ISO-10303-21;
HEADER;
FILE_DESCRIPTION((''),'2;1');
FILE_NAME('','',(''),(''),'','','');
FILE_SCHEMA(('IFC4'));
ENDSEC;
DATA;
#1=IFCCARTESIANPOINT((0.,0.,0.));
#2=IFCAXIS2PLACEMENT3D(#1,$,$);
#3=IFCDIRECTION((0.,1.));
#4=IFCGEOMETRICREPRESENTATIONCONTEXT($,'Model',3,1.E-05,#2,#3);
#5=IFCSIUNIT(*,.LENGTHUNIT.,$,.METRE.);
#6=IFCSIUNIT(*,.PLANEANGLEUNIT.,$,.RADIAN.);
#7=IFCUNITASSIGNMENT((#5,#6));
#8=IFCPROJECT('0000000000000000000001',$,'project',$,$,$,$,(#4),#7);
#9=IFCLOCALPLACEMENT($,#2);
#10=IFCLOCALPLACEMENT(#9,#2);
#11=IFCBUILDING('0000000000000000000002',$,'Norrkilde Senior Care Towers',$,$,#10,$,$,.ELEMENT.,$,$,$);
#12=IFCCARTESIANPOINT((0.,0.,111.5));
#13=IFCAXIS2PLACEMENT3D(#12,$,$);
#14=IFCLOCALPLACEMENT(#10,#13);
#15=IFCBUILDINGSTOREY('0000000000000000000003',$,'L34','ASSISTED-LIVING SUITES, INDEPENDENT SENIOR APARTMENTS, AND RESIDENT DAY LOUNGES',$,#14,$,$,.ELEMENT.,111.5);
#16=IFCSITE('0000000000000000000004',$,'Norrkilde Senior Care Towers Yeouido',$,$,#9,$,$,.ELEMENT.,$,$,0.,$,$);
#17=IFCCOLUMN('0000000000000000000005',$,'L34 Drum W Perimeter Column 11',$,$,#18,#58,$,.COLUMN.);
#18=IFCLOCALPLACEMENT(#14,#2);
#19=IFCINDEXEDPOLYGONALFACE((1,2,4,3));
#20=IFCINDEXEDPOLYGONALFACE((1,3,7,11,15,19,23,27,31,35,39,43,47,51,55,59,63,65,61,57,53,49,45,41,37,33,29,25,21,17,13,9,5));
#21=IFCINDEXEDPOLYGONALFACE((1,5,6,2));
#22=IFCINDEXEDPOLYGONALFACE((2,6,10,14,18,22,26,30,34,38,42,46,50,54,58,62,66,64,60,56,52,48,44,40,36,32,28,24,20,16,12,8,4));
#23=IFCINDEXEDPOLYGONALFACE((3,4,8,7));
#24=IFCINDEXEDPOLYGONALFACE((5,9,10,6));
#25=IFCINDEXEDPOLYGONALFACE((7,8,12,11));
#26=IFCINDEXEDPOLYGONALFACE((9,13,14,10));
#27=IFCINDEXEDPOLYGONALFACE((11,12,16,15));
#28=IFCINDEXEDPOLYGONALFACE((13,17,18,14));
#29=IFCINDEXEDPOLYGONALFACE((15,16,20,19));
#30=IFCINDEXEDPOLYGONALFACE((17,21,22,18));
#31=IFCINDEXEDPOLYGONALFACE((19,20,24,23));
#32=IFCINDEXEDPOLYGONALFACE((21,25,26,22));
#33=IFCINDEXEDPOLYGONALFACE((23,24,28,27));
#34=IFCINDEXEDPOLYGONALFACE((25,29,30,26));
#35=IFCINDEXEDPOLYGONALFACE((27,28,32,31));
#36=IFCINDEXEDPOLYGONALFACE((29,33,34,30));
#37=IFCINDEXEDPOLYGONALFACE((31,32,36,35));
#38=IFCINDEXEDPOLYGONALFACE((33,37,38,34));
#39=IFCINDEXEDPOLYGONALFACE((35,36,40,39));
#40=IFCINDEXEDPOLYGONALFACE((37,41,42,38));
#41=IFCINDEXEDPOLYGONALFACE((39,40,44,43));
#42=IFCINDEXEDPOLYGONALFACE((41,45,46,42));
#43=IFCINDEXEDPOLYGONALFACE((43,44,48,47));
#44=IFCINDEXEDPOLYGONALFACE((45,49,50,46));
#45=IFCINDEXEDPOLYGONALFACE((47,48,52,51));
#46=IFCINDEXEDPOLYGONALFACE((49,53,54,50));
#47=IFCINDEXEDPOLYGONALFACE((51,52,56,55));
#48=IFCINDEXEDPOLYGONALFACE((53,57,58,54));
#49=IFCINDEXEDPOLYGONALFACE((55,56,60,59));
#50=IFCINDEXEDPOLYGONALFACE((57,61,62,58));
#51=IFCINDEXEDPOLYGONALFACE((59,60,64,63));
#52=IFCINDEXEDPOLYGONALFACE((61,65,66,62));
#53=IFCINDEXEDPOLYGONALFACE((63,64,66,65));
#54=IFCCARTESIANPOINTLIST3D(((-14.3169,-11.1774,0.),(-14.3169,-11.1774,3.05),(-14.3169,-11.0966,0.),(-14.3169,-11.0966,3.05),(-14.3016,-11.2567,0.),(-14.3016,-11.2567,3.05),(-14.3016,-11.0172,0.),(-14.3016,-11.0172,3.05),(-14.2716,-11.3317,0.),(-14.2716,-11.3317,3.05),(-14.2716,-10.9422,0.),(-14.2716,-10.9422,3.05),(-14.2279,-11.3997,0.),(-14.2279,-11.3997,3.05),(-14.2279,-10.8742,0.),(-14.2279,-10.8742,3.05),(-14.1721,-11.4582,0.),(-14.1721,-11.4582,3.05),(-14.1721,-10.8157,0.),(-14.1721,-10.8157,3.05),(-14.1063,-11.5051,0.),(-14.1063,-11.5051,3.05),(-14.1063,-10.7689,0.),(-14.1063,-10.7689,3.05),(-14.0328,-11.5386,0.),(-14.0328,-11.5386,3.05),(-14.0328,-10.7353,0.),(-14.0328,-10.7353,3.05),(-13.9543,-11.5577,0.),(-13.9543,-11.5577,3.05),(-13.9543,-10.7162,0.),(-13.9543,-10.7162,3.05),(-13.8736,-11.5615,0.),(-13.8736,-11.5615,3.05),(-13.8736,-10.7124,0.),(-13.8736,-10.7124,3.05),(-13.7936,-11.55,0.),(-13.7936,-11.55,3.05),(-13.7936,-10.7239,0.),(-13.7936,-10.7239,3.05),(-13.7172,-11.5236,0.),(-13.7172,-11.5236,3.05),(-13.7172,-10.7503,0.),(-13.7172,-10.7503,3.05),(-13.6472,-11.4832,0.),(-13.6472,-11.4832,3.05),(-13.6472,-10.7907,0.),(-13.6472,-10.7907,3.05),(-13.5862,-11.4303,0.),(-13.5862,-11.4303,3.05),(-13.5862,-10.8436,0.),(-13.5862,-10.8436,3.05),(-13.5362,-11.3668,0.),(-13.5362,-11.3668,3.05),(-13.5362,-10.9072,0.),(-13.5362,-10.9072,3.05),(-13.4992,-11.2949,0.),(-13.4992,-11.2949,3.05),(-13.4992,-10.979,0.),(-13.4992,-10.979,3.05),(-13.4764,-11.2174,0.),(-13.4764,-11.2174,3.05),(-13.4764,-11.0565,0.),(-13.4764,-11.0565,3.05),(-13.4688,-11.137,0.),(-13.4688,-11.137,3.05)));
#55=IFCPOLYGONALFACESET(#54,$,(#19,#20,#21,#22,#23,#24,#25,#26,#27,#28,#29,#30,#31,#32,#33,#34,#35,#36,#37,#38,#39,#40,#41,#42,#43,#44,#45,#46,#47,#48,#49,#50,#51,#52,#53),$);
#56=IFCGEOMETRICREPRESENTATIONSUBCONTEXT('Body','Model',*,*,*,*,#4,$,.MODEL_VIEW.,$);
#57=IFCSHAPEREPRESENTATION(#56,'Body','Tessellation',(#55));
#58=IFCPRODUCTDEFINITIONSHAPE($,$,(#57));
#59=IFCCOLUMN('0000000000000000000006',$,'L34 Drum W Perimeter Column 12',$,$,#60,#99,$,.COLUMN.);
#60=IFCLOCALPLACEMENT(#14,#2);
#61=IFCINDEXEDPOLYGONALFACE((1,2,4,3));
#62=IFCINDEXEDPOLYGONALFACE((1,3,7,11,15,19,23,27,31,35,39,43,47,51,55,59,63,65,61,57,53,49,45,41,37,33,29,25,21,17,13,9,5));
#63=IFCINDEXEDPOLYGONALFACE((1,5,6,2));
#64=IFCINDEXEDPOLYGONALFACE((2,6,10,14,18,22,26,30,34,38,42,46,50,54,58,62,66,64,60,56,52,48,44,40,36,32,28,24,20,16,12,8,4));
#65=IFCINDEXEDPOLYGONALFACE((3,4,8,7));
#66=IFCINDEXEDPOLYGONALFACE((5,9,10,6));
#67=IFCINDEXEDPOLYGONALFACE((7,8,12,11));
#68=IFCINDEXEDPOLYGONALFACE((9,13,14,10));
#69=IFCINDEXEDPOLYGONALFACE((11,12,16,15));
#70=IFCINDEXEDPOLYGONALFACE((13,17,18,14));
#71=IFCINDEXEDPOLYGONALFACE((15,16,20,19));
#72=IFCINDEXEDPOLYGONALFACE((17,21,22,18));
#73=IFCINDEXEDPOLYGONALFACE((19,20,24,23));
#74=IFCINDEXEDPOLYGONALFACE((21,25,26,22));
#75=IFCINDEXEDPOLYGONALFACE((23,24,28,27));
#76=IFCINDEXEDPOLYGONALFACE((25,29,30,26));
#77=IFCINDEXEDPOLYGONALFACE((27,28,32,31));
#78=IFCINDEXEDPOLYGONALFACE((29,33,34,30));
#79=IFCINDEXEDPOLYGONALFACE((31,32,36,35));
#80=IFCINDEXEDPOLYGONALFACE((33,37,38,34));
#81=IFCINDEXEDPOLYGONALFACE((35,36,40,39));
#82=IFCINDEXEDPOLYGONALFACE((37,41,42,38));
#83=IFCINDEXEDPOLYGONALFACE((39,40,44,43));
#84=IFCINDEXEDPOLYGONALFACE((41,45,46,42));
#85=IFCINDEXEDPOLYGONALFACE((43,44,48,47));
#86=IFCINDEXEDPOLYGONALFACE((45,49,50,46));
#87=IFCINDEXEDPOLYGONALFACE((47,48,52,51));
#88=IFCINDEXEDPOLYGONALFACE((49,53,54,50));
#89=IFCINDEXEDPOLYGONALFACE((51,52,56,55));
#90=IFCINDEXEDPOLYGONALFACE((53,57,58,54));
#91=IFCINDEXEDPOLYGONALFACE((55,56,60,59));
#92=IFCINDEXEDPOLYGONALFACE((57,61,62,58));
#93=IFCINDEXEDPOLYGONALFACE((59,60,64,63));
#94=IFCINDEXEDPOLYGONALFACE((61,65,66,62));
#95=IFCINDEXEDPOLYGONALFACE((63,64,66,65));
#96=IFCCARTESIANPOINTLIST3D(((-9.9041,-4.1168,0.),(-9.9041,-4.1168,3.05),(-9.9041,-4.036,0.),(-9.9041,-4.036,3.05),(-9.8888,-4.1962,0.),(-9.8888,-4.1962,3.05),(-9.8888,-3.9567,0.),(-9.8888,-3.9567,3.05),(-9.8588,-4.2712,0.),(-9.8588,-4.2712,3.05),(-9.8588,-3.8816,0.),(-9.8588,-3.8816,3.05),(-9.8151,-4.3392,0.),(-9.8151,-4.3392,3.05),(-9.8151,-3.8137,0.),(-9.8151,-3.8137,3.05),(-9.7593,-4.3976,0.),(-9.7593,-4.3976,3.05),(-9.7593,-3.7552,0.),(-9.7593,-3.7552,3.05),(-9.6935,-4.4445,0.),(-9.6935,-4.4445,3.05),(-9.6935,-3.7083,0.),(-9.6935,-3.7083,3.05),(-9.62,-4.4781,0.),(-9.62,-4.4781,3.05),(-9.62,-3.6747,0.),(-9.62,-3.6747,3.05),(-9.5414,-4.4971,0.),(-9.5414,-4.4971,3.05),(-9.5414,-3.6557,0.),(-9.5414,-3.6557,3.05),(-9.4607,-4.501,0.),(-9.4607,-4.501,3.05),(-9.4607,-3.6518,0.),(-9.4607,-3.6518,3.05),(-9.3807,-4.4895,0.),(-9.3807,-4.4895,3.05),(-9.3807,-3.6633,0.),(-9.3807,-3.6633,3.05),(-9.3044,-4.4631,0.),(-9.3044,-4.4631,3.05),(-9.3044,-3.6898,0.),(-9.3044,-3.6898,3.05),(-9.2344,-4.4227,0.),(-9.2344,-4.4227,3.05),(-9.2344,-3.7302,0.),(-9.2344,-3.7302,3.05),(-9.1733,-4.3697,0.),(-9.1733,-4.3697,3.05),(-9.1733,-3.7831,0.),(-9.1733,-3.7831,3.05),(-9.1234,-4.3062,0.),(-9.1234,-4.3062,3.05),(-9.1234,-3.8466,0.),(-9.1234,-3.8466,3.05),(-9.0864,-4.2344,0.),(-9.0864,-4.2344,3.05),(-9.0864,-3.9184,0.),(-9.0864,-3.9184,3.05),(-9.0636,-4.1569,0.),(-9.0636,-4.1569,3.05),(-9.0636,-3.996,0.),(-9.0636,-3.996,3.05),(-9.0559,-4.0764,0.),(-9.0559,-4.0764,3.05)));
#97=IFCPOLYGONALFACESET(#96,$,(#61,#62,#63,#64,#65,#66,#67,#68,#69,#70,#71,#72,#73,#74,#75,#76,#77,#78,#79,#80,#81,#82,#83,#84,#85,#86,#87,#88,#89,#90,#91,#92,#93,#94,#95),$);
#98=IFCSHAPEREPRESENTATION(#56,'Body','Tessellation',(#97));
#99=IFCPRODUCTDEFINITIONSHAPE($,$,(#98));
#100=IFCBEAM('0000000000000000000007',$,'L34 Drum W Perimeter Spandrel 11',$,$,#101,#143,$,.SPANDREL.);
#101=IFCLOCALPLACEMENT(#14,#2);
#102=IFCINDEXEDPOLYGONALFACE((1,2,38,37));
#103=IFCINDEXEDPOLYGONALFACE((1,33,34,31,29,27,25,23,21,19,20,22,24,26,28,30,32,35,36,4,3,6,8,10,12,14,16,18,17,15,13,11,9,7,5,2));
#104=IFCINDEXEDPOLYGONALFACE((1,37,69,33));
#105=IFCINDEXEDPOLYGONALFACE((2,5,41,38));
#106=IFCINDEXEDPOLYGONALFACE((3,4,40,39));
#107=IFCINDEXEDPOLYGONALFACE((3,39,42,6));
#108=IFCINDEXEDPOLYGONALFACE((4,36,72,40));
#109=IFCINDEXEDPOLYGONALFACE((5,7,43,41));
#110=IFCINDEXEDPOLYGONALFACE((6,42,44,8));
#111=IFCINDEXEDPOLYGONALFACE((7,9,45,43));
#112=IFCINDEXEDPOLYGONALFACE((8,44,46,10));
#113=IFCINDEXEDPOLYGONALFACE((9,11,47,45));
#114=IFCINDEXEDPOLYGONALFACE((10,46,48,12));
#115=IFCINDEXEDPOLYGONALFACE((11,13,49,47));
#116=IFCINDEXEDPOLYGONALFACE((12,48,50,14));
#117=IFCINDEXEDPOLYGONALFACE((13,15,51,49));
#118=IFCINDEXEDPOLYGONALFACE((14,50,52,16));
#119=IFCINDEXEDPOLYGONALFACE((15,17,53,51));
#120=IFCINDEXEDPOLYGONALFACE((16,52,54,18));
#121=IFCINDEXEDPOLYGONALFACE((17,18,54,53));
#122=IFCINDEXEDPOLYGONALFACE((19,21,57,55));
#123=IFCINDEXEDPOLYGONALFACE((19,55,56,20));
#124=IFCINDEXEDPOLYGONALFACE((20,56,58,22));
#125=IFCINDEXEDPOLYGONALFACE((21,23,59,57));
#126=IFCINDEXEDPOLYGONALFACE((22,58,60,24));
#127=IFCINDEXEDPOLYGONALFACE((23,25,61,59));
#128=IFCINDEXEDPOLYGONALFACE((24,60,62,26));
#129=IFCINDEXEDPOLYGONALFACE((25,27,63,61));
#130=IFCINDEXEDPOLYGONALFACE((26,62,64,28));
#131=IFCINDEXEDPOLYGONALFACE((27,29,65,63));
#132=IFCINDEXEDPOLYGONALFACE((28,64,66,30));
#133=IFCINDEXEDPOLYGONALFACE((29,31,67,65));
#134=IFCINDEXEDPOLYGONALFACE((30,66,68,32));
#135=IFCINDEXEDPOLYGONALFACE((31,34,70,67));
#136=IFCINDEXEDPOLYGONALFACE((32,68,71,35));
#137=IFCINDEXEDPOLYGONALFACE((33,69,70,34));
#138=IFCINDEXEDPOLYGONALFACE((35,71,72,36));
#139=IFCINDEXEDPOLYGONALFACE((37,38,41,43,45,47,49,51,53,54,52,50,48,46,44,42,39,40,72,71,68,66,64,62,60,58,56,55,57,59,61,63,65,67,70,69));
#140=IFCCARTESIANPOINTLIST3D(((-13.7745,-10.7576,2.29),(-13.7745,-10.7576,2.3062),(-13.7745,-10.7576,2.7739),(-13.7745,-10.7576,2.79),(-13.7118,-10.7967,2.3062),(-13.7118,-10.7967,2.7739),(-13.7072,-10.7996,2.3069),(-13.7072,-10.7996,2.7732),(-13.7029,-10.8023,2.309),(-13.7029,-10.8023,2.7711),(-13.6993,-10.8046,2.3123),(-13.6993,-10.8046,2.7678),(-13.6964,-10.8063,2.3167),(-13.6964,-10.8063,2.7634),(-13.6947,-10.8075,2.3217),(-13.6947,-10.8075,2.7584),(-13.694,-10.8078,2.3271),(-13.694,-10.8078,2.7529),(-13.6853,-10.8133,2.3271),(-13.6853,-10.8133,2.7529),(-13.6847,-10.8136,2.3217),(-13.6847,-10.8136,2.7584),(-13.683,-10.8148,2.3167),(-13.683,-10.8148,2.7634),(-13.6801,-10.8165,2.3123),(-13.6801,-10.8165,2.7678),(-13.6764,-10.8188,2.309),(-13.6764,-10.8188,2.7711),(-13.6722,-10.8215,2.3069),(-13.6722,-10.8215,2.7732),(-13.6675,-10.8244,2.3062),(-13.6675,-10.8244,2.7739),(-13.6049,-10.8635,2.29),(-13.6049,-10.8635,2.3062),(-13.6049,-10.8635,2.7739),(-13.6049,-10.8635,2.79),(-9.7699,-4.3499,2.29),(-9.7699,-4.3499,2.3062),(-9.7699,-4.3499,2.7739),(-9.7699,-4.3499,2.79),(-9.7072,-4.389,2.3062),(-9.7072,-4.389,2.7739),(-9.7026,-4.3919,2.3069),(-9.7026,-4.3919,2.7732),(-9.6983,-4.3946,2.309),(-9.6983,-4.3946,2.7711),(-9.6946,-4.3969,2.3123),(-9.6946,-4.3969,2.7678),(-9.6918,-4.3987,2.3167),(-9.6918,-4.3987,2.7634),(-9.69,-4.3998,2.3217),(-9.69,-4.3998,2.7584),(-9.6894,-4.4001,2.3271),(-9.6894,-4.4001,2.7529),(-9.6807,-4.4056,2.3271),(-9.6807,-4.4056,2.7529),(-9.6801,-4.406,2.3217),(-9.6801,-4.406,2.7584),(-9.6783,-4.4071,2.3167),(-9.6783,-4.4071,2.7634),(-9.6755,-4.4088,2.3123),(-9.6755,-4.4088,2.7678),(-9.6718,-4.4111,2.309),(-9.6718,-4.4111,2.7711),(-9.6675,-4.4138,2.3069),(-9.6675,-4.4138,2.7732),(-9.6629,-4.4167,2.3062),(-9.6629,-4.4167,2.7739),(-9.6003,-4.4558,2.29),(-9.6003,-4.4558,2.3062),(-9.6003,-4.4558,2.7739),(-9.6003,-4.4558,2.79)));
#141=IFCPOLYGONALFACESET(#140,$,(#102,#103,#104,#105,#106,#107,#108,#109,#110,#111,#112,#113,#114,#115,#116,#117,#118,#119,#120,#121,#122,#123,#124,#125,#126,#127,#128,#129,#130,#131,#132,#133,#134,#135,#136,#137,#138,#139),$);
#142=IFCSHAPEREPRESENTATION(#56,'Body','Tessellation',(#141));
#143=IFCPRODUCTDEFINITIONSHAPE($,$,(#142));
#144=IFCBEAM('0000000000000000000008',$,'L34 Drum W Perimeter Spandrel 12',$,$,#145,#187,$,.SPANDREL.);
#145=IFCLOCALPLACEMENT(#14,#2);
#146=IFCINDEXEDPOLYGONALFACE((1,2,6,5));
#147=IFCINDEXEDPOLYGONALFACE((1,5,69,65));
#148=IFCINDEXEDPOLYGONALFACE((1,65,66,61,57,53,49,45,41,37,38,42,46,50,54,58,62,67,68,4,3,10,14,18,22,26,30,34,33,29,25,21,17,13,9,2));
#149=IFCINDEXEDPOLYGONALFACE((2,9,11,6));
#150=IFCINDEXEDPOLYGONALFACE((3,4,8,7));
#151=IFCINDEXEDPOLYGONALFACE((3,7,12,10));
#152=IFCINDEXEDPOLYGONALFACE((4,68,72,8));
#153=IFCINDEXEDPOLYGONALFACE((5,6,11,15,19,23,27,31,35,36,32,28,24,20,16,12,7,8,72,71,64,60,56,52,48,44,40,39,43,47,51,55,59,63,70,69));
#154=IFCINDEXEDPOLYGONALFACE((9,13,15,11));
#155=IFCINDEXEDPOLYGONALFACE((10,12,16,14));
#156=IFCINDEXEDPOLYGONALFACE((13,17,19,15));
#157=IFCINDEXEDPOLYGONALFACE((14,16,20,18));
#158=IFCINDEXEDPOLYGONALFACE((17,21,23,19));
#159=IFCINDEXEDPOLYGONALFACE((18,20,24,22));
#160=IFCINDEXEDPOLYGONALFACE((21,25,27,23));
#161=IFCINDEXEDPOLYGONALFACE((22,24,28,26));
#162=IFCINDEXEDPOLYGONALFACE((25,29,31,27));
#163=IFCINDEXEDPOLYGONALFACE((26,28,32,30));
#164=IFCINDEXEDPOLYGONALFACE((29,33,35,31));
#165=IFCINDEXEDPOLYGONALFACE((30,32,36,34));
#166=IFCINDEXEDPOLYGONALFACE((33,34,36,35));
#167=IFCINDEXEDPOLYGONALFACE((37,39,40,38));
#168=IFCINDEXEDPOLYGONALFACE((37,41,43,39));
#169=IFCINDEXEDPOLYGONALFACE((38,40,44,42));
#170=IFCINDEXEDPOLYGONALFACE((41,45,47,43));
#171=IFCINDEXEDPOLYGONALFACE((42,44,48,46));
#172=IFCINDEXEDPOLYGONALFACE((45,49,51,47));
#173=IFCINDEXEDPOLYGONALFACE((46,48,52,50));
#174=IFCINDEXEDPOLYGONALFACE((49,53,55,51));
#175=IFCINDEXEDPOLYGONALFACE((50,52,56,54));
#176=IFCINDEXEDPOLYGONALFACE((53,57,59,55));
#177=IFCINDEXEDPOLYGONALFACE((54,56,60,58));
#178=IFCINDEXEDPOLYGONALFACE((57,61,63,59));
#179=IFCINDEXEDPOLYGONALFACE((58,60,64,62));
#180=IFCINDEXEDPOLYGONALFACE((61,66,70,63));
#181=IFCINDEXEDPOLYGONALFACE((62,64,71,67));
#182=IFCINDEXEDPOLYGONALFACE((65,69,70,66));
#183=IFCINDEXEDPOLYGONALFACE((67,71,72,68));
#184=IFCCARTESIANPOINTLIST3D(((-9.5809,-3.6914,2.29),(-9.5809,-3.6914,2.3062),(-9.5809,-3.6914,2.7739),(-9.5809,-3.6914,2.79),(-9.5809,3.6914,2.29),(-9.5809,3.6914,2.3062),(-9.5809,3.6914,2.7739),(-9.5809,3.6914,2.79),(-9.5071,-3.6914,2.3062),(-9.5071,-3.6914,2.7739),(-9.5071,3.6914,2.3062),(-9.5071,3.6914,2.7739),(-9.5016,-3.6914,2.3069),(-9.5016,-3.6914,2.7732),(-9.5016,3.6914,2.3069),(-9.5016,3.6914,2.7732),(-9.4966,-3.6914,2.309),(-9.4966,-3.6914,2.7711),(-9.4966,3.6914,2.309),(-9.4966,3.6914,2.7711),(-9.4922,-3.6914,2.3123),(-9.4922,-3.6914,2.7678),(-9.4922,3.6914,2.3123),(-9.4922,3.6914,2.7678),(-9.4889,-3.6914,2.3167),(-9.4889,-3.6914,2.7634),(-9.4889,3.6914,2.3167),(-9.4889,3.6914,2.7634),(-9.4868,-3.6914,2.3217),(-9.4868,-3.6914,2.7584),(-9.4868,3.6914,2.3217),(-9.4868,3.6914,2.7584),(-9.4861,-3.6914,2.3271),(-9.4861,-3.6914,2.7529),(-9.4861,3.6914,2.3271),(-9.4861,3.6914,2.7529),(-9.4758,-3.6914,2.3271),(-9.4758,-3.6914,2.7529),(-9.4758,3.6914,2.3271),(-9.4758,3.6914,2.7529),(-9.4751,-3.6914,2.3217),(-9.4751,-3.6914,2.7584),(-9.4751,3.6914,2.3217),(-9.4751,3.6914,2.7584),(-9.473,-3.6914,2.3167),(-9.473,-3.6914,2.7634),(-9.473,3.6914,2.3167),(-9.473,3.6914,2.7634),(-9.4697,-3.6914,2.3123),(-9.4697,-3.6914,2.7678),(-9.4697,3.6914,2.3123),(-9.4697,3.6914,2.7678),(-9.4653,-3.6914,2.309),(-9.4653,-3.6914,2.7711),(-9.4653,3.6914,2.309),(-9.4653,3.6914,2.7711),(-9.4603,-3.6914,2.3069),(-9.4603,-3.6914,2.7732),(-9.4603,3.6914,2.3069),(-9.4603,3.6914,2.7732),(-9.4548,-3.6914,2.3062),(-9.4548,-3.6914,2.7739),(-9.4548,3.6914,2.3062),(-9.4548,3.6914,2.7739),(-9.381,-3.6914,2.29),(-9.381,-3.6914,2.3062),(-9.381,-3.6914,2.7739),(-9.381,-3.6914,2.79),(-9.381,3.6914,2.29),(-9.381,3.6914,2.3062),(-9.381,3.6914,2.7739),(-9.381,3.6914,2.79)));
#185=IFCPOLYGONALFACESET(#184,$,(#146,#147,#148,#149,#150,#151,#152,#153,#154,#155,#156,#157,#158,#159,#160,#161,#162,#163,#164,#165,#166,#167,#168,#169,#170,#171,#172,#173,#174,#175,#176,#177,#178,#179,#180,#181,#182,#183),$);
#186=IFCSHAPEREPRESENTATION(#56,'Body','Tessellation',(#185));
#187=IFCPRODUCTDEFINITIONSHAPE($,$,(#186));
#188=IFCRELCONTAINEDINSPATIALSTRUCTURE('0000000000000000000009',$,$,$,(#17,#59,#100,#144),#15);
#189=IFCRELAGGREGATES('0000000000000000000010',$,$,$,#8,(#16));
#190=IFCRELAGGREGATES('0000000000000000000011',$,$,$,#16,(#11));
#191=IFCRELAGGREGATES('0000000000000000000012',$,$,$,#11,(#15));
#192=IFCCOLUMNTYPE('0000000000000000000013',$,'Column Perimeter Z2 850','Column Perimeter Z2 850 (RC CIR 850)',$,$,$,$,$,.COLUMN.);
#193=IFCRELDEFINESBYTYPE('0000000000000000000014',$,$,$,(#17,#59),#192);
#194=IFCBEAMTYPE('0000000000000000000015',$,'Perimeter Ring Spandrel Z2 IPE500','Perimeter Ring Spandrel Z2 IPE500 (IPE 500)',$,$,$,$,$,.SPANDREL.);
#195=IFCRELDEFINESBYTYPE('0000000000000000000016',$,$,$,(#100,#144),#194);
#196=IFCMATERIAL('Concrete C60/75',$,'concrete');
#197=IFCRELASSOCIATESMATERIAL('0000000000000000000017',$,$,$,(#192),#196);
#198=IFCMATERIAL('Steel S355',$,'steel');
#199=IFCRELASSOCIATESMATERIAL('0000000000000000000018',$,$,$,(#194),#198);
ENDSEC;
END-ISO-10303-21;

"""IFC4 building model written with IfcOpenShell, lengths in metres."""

from ifc_helpers import new_model, si_unit, direction, frame, origin, origin_2d, place, context, subcontext, project, spatial, circle, i_section, extrude, source, transform, mapped, material, material_profile, profile_set, type_object, type_shapes, element, save


model = new_model("IFC4")

# Units and contexts
model_context = context("Model", 3, precision=1e-05, world=origin(), true_north=direction((0.0, 1.0)))
body_context = subcontext(model_context, "Body", "Model", "MODEL_VIEW")
ifc_project = project(units=[si_unit("LENGTHUNIT", "METRE"), si_unit("PLANEANGLEUNIT", "RADIAN")], contexts=[model_context])

# Site, building, storey
site_placement = place(None, origin())
site = spatial("IfcSite", under=ifc_project, at=site_placement, Name="Norrkilde Senior Care Towers Yeouido", CompositionType="ELEMENT", RefElevation=0.0)
building_placement = place(site_placement, origin())
building = spatial("IfcBuilding", under=site, at=building_placement, Name="Norrkilde Senior Care Towers", CompositionType="ELEMENT")
storey_placement = place(building_placement, frame((0.0, 0.0, 111.5)))
storey = spatial("IfcBuildingStorey", under=building, at=storey_placement, Name="L34", Description="ASSISTED-LIVING SUITES, INDEPENDENT SENIOR APARTMENTS, AND RESIDENT DAY LOUNGES", CompositionType="ELEMENT", Elevation=111.5)

# Columns
ifc_material_1 = material(Name="Concrete C60/75", Category="concrete")
ifc_material_profile_1 = material_profile(ifc_material_1, circle(Radius=0.425, at=origin_2d()), Name="RC CIR 850")
ifc_profile_set_1 = profile_set([ifc_material_profile_1], Name="Concrete C60/75")
column_type = type_object("IfcColumnType", Name="Column Perimeter Z2 850", Description="Column Perimeter Z2 850 (RC CIR 850)", PredefinedType="COLUMN", material=ifc_profile_set_1)
shared_shape_1 = source(origin(), body_context, "Body", "SweptSolid", [
    extrude(circle(Radius=0.425, at=origin_2d()), origin(), (0.0, 0.0, 1.0), 3.05),
])
type_shapes(column_type, [shared_shape_1])
for number, where, z_axis, x_axis, name in (
    (1, (-13.8938, -11.137, 0.0), (0.0, 0.0, 1.0), (1.0, 0.0, 0.0), "L34 Drum W Perimeter Column 11"),
    (2, (-9.481, -4.0764, 0.0), (0.0, 0.0, 1.0), (1.0, 0.0, 0.0), "L34 Drum W Perimeter Column 12"),
):
    element("IfcColumn", number, at=place(storey_placement, frame(where, z_axis=z_axis, x_axis=x_axis)), inside=storey, type_object=column_type, Name=name, PredefinedType="COLUMN", context=body_context, shape_type="MappedRepresentation", body=[
        mapped(shared_shape_1, transform((0.0, 0.0, 0.0), x_axis=(1.0, 0.0, 0.0), y_axis=(0.0, 1.0, 0.0), z_axis=(0.0, 0.0, 1.0), scale=1.0)),
    ])

# Beams
ifc_material_2 = material(Name="Steel S355", Category="steel")
ifc_material_profile_2 = material_profile(ifc_material_2, i_section(OverallWidth=0.2, OverallDepth=0.5, WebThickness=0.0103, FlangeThickness=0.0161, FilletRadius=0.021, at=origin_2d()), Name="IPE 500")
ifc_profile_set_2 = profile_set([ifc_material_profile_2], Name="Steel S355")
beam_type_1 = type_object("IfcBeamType", Name="Perimeter Ring Spandrel Z2 IPE500", Description="Perimeter Ring Spandrel Z2 IPE500 (IPE 500)", PredefinedType="SPANDREL", material=ifc_profile_set_2)
shared_shape_2 = source(origin(), body_context, "Body", "SweptSolid", [
    extrude(i_section(OverallWidth=0.2, OverallDepth=0.5, WebThickness=0.0103, FlangeThickness=0.0161, FilletRadius=0.021, at=origin_2d()), origin(), (0.0, 0.0, 1.0), 7.5562),
])
beam_1_placement = place(storey_placement, frame((-13.6897, -10.8105, 2.54), z_axis=(0.529982, 0.848009, 0.0), x_axis=(-0.848009, 0.529982, 0.0)))
element("IfcBeam", 3, at=beam_1_placement, inside=storey, type_object=beam_type_1, Name="L34 Drum W Perimeter Spandrel 11", PredefinedType="SPANDREL", context=body_context, shape_type="MappedRepresentation", body=[
    mapped(shared_shape_2, transform((0.0, 0.0, 0.0), x_axis=(1.0, 0.0, 0.0), y_axis=(0.0, 1.0, 0.0), z_axis=(0.0, 0.0, 1.0), scale=1.0)),
])
shared_shape_3 = source(origin(), body_context, "Body", "SweptSolid", [
    extrude(i_section(OverallWidth=0.2, OverallDepth=0.5, WebThickness=0.0103, FlangeThickness=0.0161, FilletRadius=0.021, at=origin_2d()), origin(), (0.0, 0.0, 1.0), 7.3828),
])
type_shapes(beam_type_1, [shared_shape_2, shared_shape_3])
beam_2_placement = place(storey_placement, frame((-9.481, -3.6914, 2.54), z_axis=(0.0, 1.0, 0.0), x_axis=(-1.0, 0.0, 0.0)))
element("IfcBeam", 4, at=beam_2_placement, inside=storey, type_object=beam_type_1, Name="L34 Drum W Perimeter Spandrel 12", PredefinedType="SPANDREL", context=body_context, shape_type="MappedRepresentation", body=[
    mapped(shared_shape_3, transform((0.0, 0.0, 0.0), x_axis=(1.0, 0.0, 0.0), y_axis=(0.0, 1.0, 0.0), z_axis=(0.0, 0.0, 1.0), scale=1.0)),
])

save(model, "model.ifc")
